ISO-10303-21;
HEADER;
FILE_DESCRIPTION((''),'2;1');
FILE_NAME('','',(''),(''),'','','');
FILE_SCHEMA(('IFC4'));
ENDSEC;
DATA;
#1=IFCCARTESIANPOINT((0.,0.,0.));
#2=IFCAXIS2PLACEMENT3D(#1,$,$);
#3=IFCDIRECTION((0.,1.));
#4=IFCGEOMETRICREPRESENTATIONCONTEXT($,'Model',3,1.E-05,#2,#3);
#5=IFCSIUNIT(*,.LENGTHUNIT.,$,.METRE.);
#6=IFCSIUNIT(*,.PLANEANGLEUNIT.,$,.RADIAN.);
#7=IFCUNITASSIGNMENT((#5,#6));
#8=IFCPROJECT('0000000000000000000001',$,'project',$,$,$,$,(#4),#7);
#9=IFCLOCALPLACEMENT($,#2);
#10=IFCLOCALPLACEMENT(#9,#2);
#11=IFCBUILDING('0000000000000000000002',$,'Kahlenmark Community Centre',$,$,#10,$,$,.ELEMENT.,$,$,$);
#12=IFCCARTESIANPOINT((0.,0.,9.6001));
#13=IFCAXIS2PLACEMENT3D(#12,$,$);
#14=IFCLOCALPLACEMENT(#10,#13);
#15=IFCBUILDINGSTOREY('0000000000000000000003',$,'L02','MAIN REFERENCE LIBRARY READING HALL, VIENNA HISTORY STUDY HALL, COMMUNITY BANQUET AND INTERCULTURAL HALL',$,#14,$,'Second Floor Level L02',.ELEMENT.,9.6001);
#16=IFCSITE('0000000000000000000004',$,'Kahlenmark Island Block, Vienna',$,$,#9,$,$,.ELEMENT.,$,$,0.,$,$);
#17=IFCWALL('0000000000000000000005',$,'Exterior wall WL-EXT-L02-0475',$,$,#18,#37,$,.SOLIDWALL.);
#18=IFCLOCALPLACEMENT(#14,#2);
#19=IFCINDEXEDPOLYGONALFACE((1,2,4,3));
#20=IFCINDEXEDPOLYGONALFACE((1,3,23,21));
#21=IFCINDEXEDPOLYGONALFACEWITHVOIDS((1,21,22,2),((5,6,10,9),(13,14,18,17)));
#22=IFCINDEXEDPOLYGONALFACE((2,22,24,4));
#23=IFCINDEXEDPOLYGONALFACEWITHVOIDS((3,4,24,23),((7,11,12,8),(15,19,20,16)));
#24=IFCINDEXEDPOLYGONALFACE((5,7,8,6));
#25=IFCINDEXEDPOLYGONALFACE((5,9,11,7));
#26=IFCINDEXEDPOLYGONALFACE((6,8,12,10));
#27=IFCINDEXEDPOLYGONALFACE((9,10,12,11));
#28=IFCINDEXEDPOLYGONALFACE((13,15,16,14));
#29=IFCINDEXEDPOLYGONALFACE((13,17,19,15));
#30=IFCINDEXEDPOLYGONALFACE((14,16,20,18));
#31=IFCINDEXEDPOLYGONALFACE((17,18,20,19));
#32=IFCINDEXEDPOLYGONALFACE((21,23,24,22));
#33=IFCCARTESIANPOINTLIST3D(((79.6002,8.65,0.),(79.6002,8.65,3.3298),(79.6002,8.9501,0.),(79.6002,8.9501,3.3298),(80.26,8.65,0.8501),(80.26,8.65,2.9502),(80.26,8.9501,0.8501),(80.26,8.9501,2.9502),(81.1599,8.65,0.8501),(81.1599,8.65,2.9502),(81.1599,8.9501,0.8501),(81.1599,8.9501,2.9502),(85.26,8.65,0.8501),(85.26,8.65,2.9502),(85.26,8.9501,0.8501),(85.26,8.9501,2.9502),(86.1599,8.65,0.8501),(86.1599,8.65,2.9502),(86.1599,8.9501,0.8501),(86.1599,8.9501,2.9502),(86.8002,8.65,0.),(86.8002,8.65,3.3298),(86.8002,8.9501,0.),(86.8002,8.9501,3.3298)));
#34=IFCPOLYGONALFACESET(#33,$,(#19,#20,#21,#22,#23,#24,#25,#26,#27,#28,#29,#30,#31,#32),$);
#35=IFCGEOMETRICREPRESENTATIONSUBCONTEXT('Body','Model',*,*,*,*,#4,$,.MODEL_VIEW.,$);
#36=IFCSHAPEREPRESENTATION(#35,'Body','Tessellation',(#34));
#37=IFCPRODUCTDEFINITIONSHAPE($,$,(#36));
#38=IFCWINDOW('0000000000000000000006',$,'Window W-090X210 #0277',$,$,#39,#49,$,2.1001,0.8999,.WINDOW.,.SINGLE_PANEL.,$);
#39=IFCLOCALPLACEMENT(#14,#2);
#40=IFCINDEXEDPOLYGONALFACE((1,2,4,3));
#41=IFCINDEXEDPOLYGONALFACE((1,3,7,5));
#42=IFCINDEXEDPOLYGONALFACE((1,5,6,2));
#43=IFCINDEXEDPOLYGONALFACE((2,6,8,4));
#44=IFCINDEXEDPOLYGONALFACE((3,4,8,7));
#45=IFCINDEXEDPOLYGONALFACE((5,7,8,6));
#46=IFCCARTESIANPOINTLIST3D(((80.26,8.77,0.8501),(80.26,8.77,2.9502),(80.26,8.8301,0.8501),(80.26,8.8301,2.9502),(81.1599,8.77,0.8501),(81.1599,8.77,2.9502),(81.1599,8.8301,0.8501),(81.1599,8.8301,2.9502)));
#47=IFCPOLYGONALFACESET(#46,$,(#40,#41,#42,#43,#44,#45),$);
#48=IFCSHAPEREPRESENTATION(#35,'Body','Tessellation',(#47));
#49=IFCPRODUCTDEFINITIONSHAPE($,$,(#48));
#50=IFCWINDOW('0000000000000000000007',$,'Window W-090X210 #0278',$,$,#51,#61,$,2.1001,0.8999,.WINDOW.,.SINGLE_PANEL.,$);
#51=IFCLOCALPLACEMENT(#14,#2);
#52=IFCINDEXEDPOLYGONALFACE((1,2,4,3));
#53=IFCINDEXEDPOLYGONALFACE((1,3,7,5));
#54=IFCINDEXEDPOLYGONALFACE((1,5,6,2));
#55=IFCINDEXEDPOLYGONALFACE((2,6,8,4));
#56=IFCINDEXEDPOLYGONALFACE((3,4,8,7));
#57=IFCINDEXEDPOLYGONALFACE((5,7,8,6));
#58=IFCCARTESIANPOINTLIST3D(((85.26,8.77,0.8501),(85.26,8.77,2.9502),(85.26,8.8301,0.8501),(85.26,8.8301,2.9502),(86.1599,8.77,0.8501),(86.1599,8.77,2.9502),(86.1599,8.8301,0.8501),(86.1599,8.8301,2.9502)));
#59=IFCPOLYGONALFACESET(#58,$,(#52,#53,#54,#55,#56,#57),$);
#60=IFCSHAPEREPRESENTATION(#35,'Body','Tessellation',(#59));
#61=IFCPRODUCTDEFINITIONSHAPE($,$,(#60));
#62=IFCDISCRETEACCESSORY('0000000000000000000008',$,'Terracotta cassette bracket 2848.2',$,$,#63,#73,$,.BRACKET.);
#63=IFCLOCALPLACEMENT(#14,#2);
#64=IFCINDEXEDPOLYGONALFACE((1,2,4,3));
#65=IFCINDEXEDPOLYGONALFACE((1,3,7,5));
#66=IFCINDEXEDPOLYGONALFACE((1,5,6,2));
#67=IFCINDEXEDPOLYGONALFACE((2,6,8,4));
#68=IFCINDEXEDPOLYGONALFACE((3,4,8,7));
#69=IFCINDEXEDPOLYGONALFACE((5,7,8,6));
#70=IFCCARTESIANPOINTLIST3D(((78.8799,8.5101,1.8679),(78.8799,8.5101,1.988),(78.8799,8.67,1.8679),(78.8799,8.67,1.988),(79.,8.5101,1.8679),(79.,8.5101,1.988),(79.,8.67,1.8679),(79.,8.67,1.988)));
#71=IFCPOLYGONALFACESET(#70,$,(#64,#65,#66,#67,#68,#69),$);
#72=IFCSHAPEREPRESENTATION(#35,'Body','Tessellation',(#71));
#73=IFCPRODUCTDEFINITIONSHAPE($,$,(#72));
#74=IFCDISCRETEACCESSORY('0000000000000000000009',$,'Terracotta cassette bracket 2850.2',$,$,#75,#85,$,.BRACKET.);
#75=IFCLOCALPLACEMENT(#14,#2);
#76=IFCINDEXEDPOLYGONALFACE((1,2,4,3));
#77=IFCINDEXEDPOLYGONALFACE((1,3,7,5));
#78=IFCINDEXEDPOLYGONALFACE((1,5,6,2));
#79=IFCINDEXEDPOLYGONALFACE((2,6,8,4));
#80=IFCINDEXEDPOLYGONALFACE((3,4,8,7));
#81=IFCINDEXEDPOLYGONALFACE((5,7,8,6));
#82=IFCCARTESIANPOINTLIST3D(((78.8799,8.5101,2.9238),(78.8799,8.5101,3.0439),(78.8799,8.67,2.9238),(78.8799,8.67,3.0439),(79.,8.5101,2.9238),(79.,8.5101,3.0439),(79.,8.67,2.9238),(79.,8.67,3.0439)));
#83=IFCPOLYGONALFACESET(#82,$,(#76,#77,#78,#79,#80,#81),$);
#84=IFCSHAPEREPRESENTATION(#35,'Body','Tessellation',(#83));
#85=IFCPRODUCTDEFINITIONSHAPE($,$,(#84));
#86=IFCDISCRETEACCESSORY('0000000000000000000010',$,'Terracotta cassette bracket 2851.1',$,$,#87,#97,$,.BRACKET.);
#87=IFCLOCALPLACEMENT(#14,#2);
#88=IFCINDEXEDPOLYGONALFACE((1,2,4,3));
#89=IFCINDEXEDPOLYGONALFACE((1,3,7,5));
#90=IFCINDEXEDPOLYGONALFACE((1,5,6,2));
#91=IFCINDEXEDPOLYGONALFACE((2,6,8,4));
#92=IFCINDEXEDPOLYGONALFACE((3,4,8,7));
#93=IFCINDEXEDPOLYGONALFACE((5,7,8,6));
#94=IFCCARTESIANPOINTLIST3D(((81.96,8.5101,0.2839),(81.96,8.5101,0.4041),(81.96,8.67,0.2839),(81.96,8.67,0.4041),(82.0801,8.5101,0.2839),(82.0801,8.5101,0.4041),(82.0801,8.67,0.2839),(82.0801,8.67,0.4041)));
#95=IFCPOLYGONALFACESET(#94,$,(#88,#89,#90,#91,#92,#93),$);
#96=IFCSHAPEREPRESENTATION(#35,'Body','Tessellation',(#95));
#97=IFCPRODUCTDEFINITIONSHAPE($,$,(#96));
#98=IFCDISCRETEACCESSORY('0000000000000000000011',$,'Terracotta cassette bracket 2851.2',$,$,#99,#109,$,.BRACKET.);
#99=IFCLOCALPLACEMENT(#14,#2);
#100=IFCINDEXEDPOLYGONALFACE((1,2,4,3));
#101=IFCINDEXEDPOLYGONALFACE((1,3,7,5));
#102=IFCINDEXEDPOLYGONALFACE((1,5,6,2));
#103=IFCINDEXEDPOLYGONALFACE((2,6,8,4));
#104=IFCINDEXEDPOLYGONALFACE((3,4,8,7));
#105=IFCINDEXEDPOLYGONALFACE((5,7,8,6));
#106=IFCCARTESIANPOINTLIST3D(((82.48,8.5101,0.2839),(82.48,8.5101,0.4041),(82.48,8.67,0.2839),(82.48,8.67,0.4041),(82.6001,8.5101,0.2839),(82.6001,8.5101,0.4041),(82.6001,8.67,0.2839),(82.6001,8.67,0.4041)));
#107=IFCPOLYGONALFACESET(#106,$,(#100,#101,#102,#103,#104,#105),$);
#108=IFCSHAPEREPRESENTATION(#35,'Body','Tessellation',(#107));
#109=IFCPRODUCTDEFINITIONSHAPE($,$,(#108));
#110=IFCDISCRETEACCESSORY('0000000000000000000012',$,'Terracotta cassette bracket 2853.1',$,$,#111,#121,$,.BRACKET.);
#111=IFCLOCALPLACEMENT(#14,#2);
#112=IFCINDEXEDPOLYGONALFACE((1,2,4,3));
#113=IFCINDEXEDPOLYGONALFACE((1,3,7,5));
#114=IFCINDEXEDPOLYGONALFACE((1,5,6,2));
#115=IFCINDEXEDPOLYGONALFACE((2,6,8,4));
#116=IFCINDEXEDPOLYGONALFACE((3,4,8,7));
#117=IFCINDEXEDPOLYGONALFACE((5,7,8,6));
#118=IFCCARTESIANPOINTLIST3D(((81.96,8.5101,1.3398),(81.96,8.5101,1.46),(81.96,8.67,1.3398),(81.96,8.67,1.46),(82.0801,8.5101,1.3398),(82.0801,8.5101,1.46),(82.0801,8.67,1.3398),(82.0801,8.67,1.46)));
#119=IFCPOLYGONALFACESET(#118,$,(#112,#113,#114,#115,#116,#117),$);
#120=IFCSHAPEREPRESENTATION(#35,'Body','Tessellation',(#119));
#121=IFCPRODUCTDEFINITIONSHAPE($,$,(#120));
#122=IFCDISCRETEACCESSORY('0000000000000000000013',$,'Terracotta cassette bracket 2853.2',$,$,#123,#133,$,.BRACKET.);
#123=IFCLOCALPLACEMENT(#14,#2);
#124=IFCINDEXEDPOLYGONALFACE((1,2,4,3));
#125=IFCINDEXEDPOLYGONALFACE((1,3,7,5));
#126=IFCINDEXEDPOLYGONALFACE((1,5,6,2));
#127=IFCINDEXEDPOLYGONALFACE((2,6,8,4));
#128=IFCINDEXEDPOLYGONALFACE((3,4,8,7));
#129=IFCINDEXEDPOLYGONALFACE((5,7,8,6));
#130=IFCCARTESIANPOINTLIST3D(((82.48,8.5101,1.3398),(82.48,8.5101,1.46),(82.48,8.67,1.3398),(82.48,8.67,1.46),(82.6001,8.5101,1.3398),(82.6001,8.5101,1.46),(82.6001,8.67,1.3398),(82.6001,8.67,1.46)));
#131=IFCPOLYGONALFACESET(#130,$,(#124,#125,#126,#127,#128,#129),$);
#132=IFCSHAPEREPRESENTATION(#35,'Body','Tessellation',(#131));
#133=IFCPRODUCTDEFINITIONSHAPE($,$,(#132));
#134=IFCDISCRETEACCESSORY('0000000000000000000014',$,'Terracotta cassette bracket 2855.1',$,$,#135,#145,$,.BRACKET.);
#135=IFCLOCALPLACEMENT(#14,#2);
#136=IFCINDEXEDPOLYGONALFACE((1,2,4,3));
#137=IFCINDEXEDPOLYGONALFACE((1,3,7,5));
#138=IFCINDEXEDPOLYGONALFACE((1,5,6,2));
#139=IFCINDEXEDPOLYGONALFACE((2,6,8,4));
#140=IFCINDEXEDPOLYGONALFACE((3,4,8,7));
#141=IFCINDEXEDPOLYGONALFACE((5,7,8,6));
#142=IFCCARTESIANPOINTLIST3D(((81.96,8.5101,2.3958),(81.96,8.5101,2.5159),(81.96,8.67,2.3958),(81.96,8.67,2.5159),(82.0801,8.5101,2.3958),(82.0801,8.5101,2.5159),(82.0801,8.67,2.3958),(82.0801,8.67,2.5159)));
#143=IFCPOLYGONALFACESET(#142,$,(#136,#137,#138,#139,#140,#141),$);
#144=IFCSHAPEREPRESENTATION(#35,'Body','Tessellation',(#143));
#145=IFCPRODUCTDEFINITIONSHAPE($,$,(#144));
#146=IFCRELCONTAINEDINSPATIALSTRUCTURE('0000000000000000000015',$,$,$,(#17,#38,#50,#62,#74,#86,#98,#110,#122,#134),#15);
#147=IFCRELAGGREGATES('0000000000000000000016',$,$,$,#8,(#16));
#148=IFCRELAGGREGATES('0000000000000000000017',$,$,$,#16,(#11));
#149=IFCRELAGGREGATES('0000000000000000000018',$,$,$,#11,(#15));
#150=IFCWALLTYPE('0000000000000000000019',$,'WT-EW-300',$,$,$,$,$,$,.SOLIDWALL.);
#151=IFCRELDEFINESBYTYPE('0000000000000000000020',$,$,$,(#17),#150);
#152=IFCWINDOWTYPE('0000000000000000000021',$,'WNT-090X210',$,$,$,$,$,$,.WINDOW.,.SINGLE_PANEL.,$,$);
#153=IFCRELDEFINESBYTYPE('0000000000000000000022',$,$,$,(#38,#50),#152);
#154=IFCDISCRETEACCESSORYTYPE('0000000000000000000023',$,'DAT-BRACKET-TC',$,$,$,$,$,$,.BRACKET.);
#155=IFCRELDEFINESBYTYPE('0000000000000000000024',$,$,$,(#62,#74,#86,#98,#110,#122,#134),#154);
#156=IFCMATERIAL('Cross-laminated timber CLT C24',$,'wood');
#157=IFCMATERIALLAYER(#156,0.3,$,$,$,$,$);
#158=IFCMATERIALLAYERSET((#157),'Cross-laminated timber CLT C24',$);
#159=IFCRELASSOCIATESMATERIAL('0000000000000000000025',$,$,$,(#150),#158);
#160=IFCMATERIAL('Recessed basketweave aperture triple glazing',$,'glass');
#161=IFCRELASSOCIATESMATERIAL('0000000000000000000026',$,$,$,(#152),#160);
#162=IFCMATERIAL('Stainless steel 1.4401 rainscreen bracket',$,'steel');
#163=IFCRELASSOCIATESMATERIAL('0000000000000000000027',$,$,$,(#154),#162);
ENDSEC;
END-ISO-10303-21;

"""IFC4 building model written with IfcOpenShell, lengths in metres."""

from ifc_helpers import new_model, si_unit, direction, frame, frame_2d, origin, origin_2d, place, context, subcontext, project, spatial, rectangle, extrude, material, layer, layer_set, type_object, element, fill, save


model = new_model("IFC4")

# Units and contexts
model_context = context("Model", 3, precision=1e-05, world=origin(), true_north=direction((0.0, 1.0)))
body_context = subcontext(model_context, "Body", "Model", "MODEL_VIEW")
ifc_project = project(units=[si_unit("LENGTHUNIT", "METRE"), si_unit("PLANEANGLEUNIT", "RADIAN")], contexts=[model_context])

# Site, building, storey
site_placement = place(None, origin())
site = spatial("IfcSite", under=ifc_project, at=site_placement, Name="Kahlenmark Island Block, Vienna", CompositionType="ELEMENT", RefElevation=0.0)
building_placement = place(site_placement, origin())
building = spatial("IfcBuilding", under=site, at=building_placement, Name="Kahlenmark Community Centre", CompositionType="ELEMENT")
storey_placement = place(building_placement, frame((0.0, 0.0, 9.6001)))
storey = spatial("IfcBuildingStorey", under=building, at=storey_placement, Name="L02", Description="MAIN REFERENCE LIBRARY READING HALL, VIENNA HISTORY STUDY HALL, COMMUNITY BANQUET AND INTERCULTURAL HALL", LongName="Second Floor Level L02", CompositionType="ELEMENT", Elevation=9.6001)

# Wall, openings, windows
ifc_material_1 = material(Name="Cross-laminated timber CLT C24", Category="wood")
ifc_layer_1 = layer(ifc_material_1, 0.3)
ifc_layer_set_1 = layer_set([ifc_layer_1], Name="Cross-laminated timber CLT C24")
wall_type_1 = type_object("IfcWallType", Name="WT-EW-300", PredefinedType="SOLIDWALL", material=ifc_layer_set_1)
wall_1_placement = place(storey_placement, frame((79.6001, 8.8, 0.0), z_axis=(0.0, 0.0, 1.0), x_axis=(1.0, 0.0, 0.0)))
wall_1 = element("IfcWall", 1, at=wall_1_placement, inside=storey, type_object=wall_type_1, Name="Exterior wall WL-EXT-L02-0475", PredefinedType="SOLIDWALL", context=body_context, shape_type="SweptSolid", body=[
    extrude(rectangle(XDim=7.2, YDim=0.3, at=frame_2d((3.6001, 0.0))), origin(), (0.0, 0.0, 1.0), 3.3298),
])
opening_1_placement = place(wall_1_placement, frame((0.6599, 0.0, 0.8501)))
opening_1 = element("IfcOpeningElement", 2, at=opening_1_placement, cuts=wall_1, PredefinedType="OPENING", context=body_context, shape_type="SweptSolid", body=[
    extrude(rectangle(XDim=0.8999, YDim=2.1001, at=frame_2d((0.45, 1.05))), frame((0.0, 0.1599, 0.0), z_axis=(0.0, -1.0, 0.0), x_axis=(1.0, 0.0, 0.0)), (0.0, 0.0, 1.0), 0.3201),
])
opening_2_placement = place(wall_1_placement, frame((5.6599, 0.0, 0.8501)))
opening_2 = element("IfcOpeningElement", 3, at=opening_2_placement, cuts=wall_1, PredefinedType="OPENING", context=body_context, shape_type="SweptSolid", body=[
    extrude(rectangle(XDim=0.8999, YDim=2.1001, at=frame_2d((0.45, 1.05))), frame((0.0, 0.1599, 0.0), z_axis=(0.0, -1.0, 0.0), x_axis=(1.0, 0.0, 0.0)), (0.0, 0.0, 1.0), 0.3201),
])
ifc_material_2 = material(Name="Recessed basketweave aperture triple glazing", Category="glass")
window_type = type_object("IfcWindowType", Name="WNT-090X210", PartitioningType="SINGLE_PANEL", PredefinedType="WINDOW", material=ifc_material_2)
window_1_placement = place(opening_1_placement, origin())
window_1 = element("IfcWindow", 4, at=window_1_placement, inside=storey, type_object=window_type, Name="Window W-090X210 #0277", OverallHeight=2.1001, OverallWidth=0.8999, PartitioningType="SINGLE_PANEL", PredefinedType="WINDOW", context=body_context, shape_type="SweptSolid", body=[
    extrude(rectangle(XDim=0.8999, YDim=2.1001, at=frame_2d((0.45, 1.05))), frame((0.0, 0.03, 0.0), z_axis=(0.0, -1.0, 0.0), x_axis=(1.0, 0.0, 0.0)), (0.0, 0.0, 1.0), 0.0601),
])
fill(opening_1, window_1)
window_2_placement = place(opening_2_placement, origin())
window_2 = element("IfcWindow", 5, at=window_2_placement, inside=storey, type_object=window_type, Name="Window W-090X210 #0278", OverallHeight=2.1001, OverallWidth=0.8999, PartitioningType="SINGLE_PANEL", PredefinedType="WINDOW", context=body_context, shape_type="SweptSolid", body=[
    extrude(rectangle(XDim=0.8999, YDim=2.1001, at=frame_2d((0.45, 1.05))), frame((0.0, 0.03, 0.0), z_axis=(0.0, -1.0, 0.0), x_axis=(1.0, 0.0, 0.0)), (0.0, 0.0, 1.0), 0.0601),
])
fill(opening_2, window_2)

# Discrete accessories
ifc_material_3 = material(Name="Stainless steel 1.4401 rainscreen bracket", Category="steel")
discrete_accessory_type = type_object("IfcDiscreteAccessoryType", Name="DAT-BRACKET-TC", PredefinedType="BRACKET", material=ifc_material_3)
for number, where, z_axis, x_axis, name in (
    (6, (78.9399, 8.5901, 1.8679), (0.0, 0.0, 1.0), (1.0, 0.0, 0.0), "Terracotta cassette bracket 2848.2"),
    (7, (78.9399, 8.5901, 2.9238), (0.0, 0.0, 1.0), (1.0, 0.0, 0.0), "Terracotta cassette bracket 2850.2"),
    (8, (82.02, 8.5901, 0.2839), (0.0, 0.0, 1.0), (1.0, 0.0, 0.0), "Terracotta cassette bracket 2851.1"),
    (9, (82.54, 8.5901, 0.2839), (0.0, 0.0, 1.0), (1.0, 0.0, 0.0), "Terracotta cassette bracket 2851.2"),
    (10, (82.02, 8.5901, 1.3398), (0.0, 0.0, 1.0), (1.0, 0.0, 0.0), "Terracotta cassette bracket 2853.1"),
    (11, (82.54, 8.5901, 1.3398), (0.0, 0.0, 1.0), (1.0, 0.0, 0.0), "Terracotta cassette bracket 2853.2"),
    (12, (82.02, 8.5901, 2.3958), (0.0, 0.0, 1.0), (1.0, 0.0, 0.0), "Terracotta cassette bracket 2855.1"),
):
    element("IfcDiscreteAccessory", number, at=place(storey_placement, frame(where, z_axis=z_axis, x_axis=x_axis)), inside=storey, type_object=discrete_accessory_type, Name=name, PredefinedType="BRACKET", context=body_context, shape_type="SweptSolid", body=[
        extrude(rectangle(XDim=0.1201, YDim=0.1599, at=origin_2d()), origin(), (0.0, 0.0, 1.0), 0.1201),
    ])

save(model, "model.ifc")
